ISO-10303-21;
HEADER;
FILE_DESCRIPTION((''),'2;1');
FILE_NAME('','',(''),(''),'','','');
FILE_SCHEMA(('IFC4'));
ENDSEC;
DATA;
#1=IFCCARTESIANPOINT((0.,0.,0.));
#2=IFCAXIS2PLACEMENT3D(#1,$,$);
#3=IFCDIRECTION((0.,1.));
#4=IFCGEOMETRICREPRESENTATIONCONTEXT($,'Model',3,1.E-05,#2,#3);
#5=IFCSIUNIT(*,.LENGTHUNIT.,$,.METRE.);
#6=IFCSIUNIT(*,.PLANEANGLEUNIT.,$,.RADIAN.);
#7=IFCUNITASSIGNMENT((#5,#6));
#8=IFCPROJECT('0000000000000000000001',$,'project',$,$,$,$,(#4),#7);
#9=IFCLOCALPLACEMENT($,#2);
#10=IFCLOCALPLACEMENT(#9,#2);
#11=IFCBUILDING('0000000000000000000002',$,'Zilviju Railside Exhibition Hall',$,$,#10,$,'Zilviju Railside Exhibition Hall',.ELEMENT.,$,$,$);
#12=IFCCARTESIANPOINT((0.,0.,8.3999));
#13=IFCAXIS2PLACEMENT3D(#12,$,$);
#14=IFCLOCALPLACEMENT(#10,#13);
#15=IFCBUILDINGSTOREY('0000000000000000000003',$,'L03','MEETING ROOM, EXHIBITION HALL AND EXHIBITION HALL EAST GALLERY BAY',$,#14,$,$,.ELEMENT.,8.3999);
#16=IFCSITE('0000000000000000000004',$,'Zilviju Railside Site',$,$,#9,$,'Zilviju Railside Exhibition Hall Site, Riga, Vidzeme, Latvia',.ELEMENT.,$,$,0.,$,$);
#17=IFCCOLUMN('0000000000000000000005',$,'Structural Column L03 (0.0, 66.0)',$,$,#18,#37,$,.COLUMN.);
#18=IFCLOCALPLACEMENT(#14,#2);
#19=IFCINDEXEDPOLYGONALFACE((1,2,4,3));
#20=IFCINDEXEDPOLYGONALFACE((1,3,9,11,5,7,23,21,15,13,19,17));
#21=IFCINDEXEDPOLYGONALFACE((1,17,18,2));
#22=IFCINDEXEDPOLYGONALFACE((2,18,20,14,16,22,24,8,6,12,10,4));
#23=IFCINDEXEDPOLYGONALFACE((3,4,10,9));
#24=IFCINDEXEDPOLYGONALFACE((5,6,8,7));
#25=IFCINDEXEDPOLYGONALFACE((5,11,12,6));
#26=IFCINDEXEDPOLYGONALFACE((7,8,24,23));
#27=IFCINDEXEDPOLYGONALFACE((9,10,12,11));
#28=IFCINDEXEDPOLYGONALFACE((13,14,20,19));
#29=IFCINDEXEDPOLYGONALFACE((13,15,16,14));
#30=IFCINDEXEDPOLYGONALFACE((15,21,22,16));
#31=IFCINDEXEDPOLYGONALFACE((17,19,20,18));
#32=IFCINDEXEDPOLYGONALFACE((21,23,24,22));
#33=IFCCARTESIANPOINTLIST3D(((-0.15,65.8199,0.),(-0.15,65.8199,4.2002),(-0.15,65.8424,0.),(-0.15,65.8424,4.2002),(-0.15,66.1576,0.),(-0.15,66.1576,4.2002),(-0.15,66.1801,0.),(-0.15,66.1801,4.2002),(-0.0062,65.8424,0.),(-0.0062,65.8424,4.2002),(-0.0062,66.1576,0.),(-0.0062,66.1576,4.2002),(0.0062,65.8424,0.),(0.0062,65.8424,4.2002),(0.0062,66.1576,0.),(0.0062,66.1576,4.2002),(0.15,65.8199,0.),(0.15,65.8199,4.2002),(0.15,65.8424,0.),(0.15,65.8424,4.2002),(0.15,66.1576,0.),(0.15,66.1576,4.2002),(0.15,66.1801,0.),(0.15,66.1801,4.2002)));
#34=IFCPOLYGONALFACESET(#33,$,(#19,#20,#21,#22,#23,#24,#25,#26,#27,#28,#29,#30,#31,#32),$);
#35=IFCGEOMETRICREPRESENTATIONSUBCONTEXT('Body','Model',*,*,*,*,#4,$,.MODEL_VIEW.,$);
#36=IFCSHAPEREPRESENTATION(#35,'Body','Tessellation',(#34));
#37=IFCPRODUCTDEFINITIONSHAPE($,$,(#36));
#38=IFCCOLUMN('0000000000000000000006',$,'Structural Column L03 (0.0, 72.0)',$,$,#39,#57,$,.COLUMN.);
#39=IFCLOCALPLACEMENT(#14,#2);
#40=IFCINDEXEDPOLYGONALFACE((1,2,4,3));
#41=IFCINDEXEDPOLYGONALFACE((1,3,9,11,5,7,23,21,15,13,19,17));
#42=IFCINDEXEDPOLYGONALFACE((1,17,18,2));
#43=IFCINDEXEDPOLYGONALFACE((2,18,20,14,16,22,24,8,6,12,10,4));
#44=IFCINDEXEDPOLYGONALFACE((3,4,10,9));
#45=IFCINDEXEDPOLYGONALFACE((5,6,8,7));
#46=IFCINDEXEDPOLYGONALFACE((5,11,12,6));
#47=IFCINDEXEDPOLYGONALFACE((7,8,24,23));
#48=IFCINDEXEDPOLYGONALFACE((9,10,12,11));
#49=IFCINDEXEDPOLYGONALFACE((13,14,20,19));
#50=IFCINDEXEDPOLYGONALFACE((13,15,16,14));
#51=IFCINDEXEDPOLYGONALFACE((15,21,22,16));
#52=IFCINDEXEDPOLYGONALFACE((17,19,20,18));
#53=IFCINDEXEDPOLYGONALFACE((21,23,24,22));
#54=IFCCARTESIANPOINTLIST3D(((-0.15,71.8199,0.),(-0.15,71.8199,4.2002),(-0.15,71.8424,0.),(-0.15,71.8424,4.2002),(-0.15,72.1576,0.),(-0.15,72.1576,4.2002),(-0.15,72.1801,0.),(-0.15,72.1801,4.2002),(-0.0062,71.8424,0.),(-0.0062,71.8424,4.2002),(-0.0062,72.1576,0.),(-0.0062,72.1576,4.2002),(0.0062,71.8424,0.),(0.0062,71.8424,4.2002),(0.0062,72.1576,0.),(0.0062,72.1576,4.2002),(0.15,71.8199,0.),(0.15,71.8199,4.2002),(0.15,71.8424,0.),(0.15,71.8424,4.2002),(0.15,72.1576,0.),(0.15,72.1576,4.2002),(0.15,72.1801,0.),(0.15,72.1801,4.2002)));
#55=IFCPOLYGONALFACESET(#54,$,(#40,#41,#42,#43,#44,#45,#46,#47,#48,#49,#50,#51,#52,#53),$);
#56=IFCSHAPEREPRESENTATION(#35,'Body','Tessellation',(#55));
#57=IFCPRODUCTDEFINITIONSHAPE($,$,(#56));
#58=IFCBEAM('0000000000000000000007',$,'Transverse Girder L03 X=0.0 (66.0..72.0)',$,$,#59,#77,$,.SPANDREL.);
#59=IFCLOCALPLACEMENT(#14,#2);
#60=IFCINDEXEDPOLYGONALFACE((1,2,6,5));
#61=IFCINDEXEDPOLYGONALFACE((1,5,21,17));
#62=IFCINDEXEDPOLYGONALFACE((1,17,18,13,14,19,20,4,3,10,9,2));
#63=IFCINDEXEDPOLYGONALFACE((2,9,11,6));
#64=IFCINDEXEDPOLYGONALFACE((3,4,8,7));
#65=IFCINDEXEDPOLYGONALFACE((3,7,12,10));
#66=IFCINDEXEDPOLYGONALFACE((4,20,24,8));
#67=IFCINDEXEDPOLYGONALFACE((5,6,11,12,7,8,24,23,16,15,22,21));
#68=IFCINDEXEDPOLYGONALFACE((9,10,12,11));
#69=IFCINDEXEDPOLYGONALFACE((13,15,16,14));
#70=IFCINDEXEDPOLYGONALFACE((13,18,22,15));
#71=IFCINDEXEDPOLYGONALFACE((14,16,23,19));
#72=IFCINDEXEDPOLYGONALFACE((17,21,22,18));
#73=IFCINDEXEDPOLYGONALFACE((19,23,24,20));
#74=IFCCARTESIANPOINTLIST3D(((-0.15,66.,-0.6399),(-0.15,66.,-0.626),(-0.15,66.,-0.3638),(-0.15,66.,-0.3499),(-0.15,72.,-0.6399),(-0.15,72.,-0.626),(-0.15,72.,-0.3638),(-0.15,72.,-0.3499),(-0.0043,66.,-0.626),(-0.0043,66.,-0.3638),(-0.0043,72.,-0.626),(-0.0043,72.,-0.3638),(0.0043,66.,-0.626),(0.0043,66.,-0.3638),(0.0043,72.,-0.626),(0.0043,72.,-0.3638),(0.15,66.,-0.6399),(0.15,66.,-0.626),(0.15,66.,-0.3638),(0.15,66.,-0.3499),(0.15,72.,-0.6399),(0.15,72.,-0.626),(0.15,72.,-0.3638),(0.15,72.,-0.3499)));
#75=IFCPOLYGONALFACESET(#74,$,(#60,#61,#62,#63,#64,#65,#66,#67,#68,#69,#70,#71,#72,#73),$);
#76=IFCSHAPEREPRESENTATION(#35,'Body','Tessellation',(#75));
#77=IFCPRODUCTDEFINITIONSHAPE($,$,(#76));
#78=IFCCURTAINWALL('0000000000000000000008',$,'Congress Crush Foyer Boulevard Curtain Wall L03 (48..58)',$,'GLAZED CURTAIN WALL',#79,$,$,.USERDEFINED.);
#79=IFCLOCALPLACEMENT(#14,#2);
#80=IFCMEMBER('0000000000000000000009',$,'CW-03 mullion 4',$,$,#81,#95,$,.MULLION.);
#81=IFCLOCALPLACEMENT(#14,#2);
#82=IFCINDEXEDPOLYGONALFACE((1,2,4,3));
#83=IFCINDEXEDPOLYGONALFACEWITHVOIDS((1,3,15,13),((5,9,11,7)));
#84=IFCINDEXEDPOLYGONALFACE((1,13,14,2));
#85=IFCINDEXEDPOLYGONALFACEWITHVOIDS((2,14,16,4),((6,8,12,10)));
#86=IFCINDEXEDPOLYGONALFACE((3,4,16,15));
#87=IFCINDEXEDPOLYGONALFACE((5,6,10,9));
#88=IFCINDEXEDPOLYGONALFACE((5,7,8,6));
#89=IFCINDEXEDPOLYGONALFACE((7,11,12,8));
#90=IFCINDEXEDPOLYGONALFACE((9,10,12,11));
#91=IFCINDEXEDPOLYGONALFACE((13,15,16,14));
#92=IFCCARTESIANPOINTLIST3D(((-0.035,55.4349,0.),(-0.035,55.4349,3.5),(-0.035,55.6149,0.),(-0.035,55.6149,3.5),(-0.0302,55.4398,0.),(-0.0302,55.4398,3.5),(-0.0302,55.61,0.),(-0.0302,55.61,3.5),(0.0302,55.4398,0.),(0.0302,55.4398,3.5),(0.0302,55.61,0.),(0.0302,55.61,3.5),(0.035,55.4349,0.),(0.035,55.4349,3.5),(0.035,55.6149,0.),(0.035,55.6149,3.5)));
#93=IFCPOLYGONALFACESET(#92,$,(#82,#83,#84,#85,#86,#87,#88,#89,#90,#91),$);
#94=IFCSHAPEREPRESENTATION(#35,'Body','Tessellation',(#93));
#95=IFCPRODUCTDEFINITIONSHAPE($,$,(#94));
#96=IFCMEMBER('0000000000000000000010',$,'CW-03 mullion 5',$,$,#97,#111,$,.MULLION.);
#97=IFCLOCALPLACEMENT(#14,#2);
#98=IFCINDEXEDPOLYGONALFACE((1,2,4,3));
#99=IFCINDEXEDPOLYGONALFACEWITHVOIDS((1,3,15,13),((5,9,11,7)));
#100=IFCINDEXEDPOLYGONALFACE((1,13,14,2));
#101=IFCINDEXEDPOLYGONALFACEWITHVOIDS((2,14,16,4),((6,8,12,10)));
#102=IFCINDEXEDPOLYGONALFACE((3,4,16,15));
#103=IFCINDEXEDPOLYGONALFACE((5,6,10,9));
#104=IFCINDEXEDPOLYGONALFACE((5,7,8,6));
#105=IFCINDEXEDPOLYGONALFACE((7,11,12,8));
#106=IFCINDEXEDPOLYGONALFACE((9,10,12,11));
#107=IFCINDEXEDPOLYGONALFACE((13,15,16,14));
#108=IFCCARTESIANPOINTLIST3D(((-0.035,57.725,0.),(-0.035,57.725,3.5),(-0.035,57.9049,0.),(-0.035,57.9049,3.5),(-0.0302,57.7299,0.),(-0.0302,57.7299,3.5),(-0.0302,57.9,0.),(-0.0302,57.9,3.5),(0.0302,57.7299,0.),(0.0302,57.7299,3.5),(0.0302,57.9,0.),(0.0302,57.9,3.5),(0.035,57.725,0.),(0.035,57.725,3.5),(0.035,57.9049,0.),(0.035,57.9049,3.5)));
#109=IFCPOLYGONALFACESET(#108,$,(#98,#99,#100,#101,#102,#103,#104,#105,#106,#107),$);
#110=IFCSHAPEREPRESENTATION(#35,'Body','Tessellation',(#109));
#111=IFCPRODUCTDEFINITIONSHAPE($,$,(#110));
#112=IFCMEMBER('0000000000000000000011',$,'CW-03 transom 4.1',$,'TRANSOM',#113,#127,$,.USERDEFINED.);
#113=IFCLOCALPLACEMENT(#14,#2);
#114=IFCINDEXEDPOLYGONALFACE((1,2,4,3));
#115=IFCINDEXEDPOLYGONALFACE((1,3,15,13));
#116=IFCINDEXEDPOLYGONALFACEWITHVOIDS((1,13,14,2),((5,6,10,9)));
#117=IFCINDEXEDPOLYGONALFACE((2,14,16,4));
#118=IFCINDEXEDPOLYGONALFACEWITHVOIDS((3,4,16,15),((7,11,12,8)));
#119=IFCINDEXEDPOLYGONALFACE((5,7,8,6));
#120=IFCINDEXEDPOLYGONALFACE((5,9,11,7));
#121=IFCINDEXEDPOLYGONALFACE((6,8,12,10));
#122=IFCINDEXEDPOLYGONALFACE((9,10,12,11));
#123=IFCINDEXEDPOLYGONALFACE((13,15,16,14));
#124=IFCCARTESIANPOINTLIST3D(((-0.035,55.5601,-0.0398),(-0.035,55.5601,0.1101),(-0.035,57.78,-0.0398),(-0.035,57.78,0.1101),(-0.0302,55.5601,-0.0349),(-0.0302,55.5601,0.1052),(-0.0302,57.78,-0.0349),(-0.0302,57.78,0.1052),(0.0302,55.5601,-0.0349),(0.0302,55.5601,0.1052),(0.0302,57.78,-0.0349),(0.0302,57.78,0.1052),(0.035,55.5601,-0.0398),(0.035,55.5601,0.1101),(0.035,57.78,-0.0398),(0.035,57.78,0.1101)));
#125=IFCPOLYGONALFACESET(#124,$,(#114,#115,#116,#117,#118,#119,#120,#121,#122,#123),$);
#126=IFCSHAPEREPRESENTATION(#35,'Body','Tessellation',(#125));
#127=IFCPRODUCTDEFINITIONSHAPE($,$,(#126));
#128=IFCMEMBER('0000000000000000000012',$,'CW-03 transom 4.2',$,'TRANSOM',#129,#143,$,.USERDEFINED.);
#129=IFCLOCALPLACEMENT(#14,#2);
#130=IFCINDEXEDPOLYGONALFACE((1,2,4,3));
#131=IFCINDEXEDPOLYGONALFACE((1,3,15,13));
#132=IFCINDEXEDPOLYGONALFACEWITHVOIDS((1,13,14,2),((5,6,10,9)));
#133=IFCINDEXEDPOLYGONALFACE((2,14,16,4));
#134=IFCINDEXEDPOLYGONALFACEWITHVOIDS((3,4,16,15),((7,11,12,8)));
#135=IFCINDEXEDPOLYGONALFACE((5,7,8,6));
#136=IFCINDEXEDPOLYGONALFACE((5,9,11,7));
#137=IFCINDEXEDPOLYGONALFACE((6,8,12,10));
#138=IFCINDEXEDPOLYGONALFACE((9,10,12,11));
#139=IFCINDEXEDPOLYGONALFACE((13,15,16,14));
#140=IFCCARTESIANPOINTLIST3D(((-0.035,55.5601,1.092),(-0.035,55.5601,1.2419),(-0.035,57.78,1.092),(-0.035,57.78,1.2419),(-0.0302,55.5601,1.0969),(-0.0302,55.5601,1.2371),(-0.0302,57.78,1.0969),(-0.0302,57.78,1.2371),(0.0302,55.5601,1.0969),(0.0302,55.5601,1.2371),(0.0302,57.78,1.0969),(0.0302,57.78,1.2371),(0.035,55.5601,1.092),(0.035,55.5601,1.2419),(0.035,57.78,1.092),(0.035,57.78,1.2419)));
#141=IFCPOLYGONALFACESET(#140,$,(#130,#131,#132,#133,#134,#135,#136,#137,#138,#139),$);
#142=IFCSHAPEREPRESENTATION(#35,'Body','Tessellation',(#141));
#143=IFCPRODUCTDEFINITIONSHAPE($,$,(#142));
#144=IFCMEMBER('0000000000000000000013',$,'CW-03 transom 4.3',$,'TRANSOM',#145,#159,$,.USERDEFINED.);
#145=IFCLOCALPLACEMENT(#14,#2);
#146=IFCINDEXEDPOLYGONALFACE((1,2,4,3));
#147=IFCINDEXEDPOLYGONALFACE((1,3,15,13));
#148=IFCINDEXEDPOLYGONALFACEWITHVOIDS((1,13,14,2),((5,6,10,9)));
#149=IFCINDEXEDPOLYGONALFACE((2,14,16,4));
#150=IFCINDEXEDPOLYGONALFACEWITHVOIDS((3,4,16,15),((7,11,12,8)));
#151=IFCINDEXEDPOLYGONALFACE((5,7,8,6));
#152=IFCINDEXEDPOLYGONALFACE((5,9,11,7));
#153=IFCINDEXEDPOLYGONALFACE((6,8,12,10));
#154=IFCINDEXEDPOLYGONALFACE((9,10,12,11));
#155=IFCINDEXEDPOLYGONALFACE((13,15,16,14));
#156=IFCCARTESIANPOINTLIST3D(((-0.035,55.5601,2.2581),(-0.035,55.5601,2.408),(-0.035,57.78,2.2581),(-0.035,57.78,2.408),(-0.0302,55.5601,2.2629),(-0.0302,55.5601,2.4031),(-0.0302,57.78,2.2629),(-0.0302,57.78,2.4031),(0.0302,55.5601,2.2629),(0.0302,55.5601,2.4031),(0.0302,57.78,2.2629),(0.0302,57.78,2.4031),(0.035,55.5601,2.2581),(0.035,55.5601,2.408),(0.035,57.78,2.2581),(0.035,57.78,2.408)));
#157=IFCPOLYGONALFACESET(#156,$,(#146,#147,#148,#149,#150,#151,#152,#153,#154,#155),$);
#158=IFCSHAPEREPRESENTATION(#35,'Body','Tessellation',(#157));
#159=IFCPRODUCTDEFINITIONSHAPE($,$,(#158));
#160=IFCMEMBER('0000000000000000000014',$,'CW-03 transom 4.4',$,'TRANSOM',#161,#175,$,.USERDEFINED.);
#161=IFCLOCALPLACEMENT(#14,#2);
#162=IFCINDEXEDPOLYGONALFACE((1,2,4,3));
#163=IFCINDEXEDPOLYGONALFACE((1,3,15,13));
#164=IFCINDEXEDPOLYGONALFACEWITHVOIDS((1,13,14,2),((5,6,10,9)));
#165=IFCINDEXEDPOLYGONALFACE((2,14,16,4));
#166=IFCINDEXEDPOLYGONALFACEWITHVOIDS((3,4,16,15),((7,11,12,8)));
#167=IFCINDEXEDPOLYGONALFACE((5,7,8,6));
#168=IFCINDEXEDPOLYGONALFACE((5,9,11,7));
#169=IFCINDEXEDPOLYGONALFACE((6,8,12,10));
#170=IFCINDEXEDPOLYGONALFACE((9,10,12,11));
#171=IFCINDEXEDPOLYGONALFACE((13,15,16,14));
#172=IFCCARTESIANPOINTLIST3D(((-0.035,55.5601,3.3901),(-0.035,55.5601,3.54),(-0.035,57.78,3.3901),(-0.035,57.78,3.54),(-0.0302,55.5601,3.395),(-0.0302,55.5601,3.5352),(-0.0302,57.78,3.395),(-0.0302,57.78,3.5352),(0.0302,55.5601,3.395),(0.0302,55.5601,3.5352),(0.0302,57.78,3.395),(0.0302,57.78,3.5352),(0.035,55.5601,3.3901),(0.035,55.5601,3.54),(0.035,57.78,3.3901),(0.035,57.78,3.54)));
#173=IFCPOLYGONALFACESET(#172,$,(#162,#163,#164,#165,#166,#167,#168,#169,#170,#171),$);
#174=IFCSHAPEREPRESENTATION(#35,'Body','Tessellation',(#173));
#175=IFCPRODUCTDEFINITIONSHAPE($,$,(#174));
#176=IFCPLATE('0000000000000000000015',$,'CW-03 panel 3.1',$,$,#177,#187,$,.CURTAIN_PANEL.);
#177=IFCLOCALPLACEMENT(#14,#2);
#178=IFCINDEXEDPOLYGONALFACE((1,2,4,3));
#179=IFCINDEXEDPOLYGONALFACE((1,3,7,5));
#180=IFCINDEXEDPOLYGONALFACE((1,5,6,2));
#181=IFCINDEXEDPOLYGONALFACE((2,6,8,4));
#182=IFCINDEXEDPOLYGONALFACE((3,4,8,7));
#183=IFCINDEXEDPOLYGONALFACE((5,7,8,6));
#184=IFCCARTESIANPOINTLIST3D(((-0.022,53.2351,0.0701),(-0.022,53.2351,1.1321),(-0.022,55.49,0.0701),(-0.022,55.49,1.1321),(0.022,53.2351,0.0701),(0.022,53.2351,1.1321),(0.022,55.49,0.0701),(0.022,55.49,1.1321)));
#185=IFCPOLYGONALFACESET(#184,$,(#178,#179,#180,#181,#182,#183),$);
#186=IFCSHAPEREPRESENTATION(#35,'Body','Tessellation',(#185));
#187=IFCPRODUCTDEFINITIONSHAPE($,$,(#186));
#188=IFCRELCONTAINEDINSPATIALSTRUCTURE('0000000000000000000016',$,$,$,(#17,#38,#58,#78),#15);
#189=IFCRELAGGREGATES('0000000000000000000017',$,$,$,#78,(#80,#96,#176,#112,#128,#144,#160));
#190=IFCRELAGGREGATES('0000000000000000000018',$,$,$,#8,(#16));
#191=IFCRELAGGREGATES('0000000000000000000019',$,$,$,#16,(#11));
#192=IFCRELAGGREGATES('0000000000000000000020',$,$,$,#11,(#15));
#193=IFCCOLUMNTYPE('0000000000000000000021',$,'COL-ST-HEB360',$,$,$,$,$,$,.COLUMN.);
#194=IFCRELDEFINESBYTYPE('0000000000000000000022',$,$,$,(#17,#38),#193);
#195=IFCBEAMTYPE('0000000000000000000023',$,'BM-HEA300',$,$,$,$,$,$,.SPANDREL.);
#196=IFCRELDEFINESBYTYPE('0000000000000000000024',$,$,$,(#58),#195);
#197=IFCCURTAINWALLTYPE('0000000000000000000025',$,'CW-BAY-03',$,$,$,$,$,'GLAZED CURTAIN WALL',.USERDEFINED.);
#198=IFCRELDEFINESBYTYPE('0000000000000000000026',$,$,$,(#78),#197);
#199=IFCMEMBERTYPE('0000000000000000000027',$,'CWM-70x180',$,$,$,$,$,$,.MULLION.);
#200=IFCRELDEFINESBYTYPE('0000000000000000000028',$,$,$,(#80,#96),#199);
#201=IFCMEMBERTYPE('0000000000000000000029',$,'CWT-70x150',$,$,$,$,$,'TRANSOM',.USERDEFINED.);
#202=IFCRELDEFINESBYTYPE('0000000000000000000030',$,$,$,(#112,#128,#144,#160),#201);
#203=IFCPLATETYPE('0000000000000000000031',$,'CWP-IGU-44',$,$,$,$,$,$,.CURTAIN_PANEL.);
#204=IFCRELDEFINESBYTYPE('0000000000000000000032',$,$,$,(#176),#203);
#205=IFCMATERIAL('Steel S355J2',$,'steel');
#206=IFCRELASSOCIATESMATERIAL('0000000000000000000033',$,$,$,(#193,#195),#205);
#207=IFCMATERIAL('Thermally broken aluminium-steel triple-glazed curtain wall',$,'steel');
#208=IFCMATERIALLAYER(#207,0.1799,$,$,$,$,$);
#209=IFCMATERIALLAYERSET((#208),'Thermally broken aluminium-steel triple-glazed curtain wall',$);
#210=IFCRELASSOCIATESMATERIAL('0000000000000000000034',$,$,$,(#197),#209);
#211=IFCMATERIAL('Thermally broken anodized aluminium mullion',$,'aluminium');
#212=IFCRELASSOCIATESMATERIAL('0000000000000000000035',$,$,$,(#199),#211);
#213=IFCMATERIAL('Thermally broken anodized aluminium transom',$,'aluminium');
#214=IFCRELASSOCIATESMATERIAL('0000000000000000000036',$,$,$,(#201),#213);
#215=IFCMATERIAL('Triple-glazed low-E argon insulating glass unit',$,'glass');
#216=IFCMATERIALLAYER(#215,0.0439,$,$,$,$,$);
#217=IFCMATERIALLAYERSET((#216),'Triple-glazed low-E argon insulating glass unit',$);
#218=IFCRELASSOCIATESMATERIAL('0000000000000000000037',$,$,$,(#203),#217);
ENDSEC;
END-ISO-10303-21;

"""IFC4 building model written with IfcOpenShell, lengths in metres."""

from ifc_helpers import new_model, si_unit, direction, frame, origin, origin_2d, place, context, subcontext, project, spatial, rectangle, hollow_rectangle, i_section, extrude, material, layer, layer_set, material_profile, profile_set, type_object, element, aggregate, save


model = new_model("IFC4")

# Units and contexts
model_context = context("Model", 3, precision=1e-05, world=origin(), true_north=direction((0.0, 1.0)))
body_context = subcontext(model_context, "Body", "Model", "MODEL_VIEW")
ifc_project = project(units=[si_unit("LENGTHUNIT", "METRE"), si_unit("PLANEANGLEUNIT", "RADIAN")], contexts=[model_context])

# Site, building, storey
site_placement = place(None, origin())
site = spatial("IfcSite", under=ifc_project, at=site_placement, Name="Zilviju Railside Site", LongName="Zilviju Railside Exhibition Hall Site, Riga, Vidzeme, Latvia", CompositionType="ELEMENT", RefElevation=0.0)
building_placement = place(site_placement, origin())
building = spatial("IfcBuilding", under=site, at=building_placement, Name="Zilviju Railside Exhibition Hall", LongName="Zilviju Railside Exhibition Hall", CompositionType="ELEMENT")
storey_placement = place(building_placement, frame((0.0, 0.0, 8.3999)))
storey = spatial("IfcBuildingStorey", under=building, at=storey_placement, Name="L03", Description="MEETING ROOM, EXHIBITION HALL AND EXHIBITION HALL EAST GALLERY BAY", CompositionType="ELEMENT", Elevation=8.3999)

# Columns
ifc_material_1 = material(Name="Steel S355J2", Category="steel")
ifc_material_profile_1 = material_profile(ifc_material_1, i_section(OverallWidth=0.3, OverallDepth=0.3601, WebThickness=0.0125, FlangeThickness=0.0225, at=origin_2d()), Name="HEB 360")
ifc_profile_set_1 = profile_set([ifc_material_profile_1], Name="Steel S355J2")
column_type = type_object("IfcColumnType", Name="COL-ST-HEB360", PredefinedType="COLUMN", material=ifc_profile_set_1)
for number, where, z_axis, x_axis, name in (
    (1, (0.0, 66.0, 0.0), (0.0, 0.0, 1.0), (1.0, 0.0, 0.0), "Structural Column L03 (0.0, 66.0)"),
    (2, (0.0, 72.0, 0.0), (0.0, 0.0, 1.0), (1.0, 0.0, 0.0), "Structural Column L03 (0.0, 72.0)"),
):
    element("IfcColumn", number, at=place(storey_placement, frame(where, z_axis=z_axis, x_axis=x_axis)), inside=storey, type_object=column_type, Name=name, PredefinedType="COLUMN", context=body_context, shape_type="SweptSolid", body=[
        extrude(i_section(OverallWidth=0.3, OverallDepth=0.3601, WebThickness=0.0125, FlangeThickness=0.0225, at=origin_2d()), origin(), (0.0, 0.0, 1.0), 4.2002),
    ])

# Beam
ifc_material_profile_2 = material_profile(ifc_material_1, i_section(OverallWidth=0.3, OverallDepth=0.29, WebThickness=0.0085, FlangeThickness=0.0139, at=origin_2d()), Name="HEA 300")
ifc_profile_set_2 = profile_set([ifc_material_profile_2], Name="Steel S355J2")
beam_type = type_object("IfcBeamType", Name="BM-HEA300", PredefinedType="SPANDREL", material=ifc_profile_set_2)
beam_placement = place(storey_placement, frame((0.0, 66.0, -0.4949), z_axis=(0.0, 1.0, 0.0), x_axis=(-1.0, 0.0, 0.0)))
element("IfcBeam", 3, at=beam_placement, inside=storey, type_object=beam_type, Name="Transverse Girder L03 X=0.0 (66.0..72.0)", PredefinedType="SPANDREL", context=body_context, shape_type="SweptSolid", body=[
    extrude(i_section(OverallWidth=0.3, OverallDepth=0.29, WebThickness=0.0085, FlangeThickness=0.0139, at=origin_2d()), origin(), (0.0, 0.0, 1.0), 6.0),
])

# Curtain wall, members, plate
ifc_material_2 = material(Name="Thermally broken aluminium-steel triple-glazed curtain wall", Category="steel")
ifc_layer_1 = layer(ifc_material_2, 0.1799)
ifc_layer_set_1 = layer_set([ifc_layer_1], Name="Thermally broken aluminium-steel triple-glazed curtain wall")
curtain_wall_type = type_object("IfcCurtainWallType", Name="CW-BAY-03", ElementType="GLAZED CURTAIN WALL", PredefinedType="USERDEFINED", material=ifc_layer_set_1)
curtain_wall_placement = place(storey_placement, origin())
curtain_wall = element("IfcCurtainWall", 4, at=curtain_wall_placement, inside=storey, type_object=curtain_wall_type, Name="Congress Crush Foyer Boulevard Curtain Wall L03 (48..58)", ObjectType="GLAZED CURTAIN WALL", PredefinedType="USERDEFINED")
ifc_material_3 = material(Name="Thermally broken anodized aluminium mullion", Category="aluminium")
ifc_material_profile_3 = material_profile(ifc_material_3, hollow_rectangle(XDim=0.0701, YDim=0.1799, WallThickness=0.0049, at=origin_2d()), Name="MULLION 180x70x5")
ifc_profile_set_3 = profile_set([ifc_material_profile_3], Name="Thermally broken anodized aluminium mullion")
member_type_1 = type_object("IfcMemberType", Name="CWM-70x180", PredefinedType="MULLION", material=ifc_profile_set_3)
member_1_placement = place(storey_placement, frame((0.0, 55.5249, 0.0), z_axis=(0.0, 0.0, 1.0), x_axis=(-1.0, 0.0, 0.0)))
member_1 = element("IfcMember", 5, at=member_1_placement, type_object=member_type_1, Name="CW-03 mullion 4", PredefinedType="MULLION", context=body_context, shape_type="SweptSolid", body=[
    extrude(hollow_rectangle(XDim=0.0701, YDim=0.1799, WallThickness=0.0049, at=origin_2d()), origin(), (0.0, 0.0, 1.0), 3.5),
])
member_2_placement = place(storey_placement, frame((0.0, 57.8149, 0.0), z_axis=(0.0, 0.0, 1.0), x_axis=(-1.0, 0.0, 0.0)))
member_2 = element("IfcMember", 6, at=member_2_placement, type_object=member_type_1, Name="CW-03 mullion 5", PredefinedType="MULLION", context=body_context, shape_type="SweptSolid", body=[
    extrude(hollow_rectangle(XDim=0.0701, YDim=0.1799, WallThickness=0.0049, at=origin_2d()), origin(), (0.0, 0.0, 1.0), 3.5),
])
ifc_material_4 = material(Name="Thermally broken anodized aluminium transom", Category="aluminium")
ifc_material_profile_4 = material_profile(ifc_material_4, hollow_rectangle(XDim=0.0701, YDim=0.1499, WallThickness=0.0049, at=origin_2d()), Name="TRANSOM 150x70x5")
ifc_profile_set_4 = profile_set([ifc_material_profile_4], Name="Thermally broken anodized aluminium transom")
member_type_2 = type_object("IfcMemberType", Name="CWT-70x150", ElementType="TRANSOM", PredefinedType="USERDEFINED", material=ifc_profile_set_4)
member_3_placement = place(storey_placement, frame((0.0, 55.5601, 0.0352), z_axis=(0.0, 1.0, 0.0), x_axis=(-1.0, 0.0, 0.0)))
member_3 = element("IfcMember", 7, at=member_3_placement, type_object=member_type_2, Name="CW-03 transom 4.1", ObjectType="TRANSOM", PredefinedType="USERDEFINED", context=body_context, shape_type="SweptSolid", body=[
    extrude(hollow_rectangle(XDim=0.0701, YDim=0.1499, WallThickness=0.0049, at=origin_2d()), origin(), (0.0, 0.0, 1.0), 2.22),
])
member_4_placement = place(storey_placement, frame((0.0, 55.5601, 1.167), z_axis=(0.0, 1.0, 0.0), x_axis=(-1.0, 0.0, 0.0)))
member_4 = element("IfcMember", 8, at=member_4_placement, type_object=member_type_2, Name="CW-03 transom 4.2", ObjectType="TRANSOM", PredefinedType="USERDEFINED", context=body_context, shape_type="SweptSolid", body=[
    extrude(hollow_rectangle(XDim=0.0701, YDim=0.1499, WallThickness=0.0049, at=origin_2d()), origin(), (0.0, 0.0, 1.0), 2.22),
])
member_5_placement = place(storey_placement, frame((0.0, 55.5601, 2.333), z_axis=(0.0, 1.0, 0.0), x_axis=(-1.0, 0.0, 0.0)))
member_5 = element("IfcMember", 9, at=member_5_placement, type_object=member_type_2, Name="CW-03 transom 4.3", ObjectType="TRANSOM", PredefinedType="USERDEFINED", context=body_context, shape_type="SweptSolid", body=[
    extrude(hollow_rectangle(XDim=0.0701, YDim=0.1499, WallThickness=0.0049, at=origin_2d()), origin(), (0.0, 0.0, 1.0), 2.22),
])
member_6_placement = place(storey_placement, frame((0.0, 55.5601, 3.4651), z_axis=(0.0, 1.0, 0.0), x_axis=(-1.0, 0.0, 0.0)))
member_6 = element("IfcMember", 10, at=member_6_placement, type_object=member_type_2, Name="CW-03 transom 4.4", ObjectType="TRANSOM", PredefinedType="USERDEFINED", context=body_context, shape_type="SweptSolid", body=[
    extrude(hollow_rectangle(XDim=0.0701, YDim=0.1499, WallThickness=0.0049, at=origin_2d()), origin(), (0.0, 0.0, 1.0), 2.22),
])
ifc_material_5 = material(Name="Triple-glazed low-E argon insulating glass unit", Category="glass")
ifc_layer_2 = layer(ifc_material_5, 0.0439)
ifc_layer_set_2 = layer_set([ifc_layer_2], Name="Triple-glazed low-E argon insulating glass unit")
plate_type = type_object("IfcPlateType", Name="CWP-IGU-44", PredefinedType="CURTAIN_PANEL", material=ifc_layer_set_2)
plate_1_placement = place(storey_placement, frame((0.0, 54.3625, 0.0701), z_axis=(0.0, 0.0, 1.0), x_axis=(0.0, 1.0, 0.0)))
plate_1 = element("IfcPlate", 11, at=plate_1_placement, type_object=plate_type, Name="CW-03 panel 3.1", PredefinedType="CURTAIN_PANEL", context=body_context, shape_type="SweptSolid", body=[
    extrude(rectangle(XDim=2.2549, YDim=0.0439, at=origin_2d()), origin(), (0.0, 0.0, 1.0), 1.062),
])
aggregate(curtain_wall, [member_1, member_2, plate_1, member_3, member_4, member_5, member_6])

save(model, "model.ifc")
